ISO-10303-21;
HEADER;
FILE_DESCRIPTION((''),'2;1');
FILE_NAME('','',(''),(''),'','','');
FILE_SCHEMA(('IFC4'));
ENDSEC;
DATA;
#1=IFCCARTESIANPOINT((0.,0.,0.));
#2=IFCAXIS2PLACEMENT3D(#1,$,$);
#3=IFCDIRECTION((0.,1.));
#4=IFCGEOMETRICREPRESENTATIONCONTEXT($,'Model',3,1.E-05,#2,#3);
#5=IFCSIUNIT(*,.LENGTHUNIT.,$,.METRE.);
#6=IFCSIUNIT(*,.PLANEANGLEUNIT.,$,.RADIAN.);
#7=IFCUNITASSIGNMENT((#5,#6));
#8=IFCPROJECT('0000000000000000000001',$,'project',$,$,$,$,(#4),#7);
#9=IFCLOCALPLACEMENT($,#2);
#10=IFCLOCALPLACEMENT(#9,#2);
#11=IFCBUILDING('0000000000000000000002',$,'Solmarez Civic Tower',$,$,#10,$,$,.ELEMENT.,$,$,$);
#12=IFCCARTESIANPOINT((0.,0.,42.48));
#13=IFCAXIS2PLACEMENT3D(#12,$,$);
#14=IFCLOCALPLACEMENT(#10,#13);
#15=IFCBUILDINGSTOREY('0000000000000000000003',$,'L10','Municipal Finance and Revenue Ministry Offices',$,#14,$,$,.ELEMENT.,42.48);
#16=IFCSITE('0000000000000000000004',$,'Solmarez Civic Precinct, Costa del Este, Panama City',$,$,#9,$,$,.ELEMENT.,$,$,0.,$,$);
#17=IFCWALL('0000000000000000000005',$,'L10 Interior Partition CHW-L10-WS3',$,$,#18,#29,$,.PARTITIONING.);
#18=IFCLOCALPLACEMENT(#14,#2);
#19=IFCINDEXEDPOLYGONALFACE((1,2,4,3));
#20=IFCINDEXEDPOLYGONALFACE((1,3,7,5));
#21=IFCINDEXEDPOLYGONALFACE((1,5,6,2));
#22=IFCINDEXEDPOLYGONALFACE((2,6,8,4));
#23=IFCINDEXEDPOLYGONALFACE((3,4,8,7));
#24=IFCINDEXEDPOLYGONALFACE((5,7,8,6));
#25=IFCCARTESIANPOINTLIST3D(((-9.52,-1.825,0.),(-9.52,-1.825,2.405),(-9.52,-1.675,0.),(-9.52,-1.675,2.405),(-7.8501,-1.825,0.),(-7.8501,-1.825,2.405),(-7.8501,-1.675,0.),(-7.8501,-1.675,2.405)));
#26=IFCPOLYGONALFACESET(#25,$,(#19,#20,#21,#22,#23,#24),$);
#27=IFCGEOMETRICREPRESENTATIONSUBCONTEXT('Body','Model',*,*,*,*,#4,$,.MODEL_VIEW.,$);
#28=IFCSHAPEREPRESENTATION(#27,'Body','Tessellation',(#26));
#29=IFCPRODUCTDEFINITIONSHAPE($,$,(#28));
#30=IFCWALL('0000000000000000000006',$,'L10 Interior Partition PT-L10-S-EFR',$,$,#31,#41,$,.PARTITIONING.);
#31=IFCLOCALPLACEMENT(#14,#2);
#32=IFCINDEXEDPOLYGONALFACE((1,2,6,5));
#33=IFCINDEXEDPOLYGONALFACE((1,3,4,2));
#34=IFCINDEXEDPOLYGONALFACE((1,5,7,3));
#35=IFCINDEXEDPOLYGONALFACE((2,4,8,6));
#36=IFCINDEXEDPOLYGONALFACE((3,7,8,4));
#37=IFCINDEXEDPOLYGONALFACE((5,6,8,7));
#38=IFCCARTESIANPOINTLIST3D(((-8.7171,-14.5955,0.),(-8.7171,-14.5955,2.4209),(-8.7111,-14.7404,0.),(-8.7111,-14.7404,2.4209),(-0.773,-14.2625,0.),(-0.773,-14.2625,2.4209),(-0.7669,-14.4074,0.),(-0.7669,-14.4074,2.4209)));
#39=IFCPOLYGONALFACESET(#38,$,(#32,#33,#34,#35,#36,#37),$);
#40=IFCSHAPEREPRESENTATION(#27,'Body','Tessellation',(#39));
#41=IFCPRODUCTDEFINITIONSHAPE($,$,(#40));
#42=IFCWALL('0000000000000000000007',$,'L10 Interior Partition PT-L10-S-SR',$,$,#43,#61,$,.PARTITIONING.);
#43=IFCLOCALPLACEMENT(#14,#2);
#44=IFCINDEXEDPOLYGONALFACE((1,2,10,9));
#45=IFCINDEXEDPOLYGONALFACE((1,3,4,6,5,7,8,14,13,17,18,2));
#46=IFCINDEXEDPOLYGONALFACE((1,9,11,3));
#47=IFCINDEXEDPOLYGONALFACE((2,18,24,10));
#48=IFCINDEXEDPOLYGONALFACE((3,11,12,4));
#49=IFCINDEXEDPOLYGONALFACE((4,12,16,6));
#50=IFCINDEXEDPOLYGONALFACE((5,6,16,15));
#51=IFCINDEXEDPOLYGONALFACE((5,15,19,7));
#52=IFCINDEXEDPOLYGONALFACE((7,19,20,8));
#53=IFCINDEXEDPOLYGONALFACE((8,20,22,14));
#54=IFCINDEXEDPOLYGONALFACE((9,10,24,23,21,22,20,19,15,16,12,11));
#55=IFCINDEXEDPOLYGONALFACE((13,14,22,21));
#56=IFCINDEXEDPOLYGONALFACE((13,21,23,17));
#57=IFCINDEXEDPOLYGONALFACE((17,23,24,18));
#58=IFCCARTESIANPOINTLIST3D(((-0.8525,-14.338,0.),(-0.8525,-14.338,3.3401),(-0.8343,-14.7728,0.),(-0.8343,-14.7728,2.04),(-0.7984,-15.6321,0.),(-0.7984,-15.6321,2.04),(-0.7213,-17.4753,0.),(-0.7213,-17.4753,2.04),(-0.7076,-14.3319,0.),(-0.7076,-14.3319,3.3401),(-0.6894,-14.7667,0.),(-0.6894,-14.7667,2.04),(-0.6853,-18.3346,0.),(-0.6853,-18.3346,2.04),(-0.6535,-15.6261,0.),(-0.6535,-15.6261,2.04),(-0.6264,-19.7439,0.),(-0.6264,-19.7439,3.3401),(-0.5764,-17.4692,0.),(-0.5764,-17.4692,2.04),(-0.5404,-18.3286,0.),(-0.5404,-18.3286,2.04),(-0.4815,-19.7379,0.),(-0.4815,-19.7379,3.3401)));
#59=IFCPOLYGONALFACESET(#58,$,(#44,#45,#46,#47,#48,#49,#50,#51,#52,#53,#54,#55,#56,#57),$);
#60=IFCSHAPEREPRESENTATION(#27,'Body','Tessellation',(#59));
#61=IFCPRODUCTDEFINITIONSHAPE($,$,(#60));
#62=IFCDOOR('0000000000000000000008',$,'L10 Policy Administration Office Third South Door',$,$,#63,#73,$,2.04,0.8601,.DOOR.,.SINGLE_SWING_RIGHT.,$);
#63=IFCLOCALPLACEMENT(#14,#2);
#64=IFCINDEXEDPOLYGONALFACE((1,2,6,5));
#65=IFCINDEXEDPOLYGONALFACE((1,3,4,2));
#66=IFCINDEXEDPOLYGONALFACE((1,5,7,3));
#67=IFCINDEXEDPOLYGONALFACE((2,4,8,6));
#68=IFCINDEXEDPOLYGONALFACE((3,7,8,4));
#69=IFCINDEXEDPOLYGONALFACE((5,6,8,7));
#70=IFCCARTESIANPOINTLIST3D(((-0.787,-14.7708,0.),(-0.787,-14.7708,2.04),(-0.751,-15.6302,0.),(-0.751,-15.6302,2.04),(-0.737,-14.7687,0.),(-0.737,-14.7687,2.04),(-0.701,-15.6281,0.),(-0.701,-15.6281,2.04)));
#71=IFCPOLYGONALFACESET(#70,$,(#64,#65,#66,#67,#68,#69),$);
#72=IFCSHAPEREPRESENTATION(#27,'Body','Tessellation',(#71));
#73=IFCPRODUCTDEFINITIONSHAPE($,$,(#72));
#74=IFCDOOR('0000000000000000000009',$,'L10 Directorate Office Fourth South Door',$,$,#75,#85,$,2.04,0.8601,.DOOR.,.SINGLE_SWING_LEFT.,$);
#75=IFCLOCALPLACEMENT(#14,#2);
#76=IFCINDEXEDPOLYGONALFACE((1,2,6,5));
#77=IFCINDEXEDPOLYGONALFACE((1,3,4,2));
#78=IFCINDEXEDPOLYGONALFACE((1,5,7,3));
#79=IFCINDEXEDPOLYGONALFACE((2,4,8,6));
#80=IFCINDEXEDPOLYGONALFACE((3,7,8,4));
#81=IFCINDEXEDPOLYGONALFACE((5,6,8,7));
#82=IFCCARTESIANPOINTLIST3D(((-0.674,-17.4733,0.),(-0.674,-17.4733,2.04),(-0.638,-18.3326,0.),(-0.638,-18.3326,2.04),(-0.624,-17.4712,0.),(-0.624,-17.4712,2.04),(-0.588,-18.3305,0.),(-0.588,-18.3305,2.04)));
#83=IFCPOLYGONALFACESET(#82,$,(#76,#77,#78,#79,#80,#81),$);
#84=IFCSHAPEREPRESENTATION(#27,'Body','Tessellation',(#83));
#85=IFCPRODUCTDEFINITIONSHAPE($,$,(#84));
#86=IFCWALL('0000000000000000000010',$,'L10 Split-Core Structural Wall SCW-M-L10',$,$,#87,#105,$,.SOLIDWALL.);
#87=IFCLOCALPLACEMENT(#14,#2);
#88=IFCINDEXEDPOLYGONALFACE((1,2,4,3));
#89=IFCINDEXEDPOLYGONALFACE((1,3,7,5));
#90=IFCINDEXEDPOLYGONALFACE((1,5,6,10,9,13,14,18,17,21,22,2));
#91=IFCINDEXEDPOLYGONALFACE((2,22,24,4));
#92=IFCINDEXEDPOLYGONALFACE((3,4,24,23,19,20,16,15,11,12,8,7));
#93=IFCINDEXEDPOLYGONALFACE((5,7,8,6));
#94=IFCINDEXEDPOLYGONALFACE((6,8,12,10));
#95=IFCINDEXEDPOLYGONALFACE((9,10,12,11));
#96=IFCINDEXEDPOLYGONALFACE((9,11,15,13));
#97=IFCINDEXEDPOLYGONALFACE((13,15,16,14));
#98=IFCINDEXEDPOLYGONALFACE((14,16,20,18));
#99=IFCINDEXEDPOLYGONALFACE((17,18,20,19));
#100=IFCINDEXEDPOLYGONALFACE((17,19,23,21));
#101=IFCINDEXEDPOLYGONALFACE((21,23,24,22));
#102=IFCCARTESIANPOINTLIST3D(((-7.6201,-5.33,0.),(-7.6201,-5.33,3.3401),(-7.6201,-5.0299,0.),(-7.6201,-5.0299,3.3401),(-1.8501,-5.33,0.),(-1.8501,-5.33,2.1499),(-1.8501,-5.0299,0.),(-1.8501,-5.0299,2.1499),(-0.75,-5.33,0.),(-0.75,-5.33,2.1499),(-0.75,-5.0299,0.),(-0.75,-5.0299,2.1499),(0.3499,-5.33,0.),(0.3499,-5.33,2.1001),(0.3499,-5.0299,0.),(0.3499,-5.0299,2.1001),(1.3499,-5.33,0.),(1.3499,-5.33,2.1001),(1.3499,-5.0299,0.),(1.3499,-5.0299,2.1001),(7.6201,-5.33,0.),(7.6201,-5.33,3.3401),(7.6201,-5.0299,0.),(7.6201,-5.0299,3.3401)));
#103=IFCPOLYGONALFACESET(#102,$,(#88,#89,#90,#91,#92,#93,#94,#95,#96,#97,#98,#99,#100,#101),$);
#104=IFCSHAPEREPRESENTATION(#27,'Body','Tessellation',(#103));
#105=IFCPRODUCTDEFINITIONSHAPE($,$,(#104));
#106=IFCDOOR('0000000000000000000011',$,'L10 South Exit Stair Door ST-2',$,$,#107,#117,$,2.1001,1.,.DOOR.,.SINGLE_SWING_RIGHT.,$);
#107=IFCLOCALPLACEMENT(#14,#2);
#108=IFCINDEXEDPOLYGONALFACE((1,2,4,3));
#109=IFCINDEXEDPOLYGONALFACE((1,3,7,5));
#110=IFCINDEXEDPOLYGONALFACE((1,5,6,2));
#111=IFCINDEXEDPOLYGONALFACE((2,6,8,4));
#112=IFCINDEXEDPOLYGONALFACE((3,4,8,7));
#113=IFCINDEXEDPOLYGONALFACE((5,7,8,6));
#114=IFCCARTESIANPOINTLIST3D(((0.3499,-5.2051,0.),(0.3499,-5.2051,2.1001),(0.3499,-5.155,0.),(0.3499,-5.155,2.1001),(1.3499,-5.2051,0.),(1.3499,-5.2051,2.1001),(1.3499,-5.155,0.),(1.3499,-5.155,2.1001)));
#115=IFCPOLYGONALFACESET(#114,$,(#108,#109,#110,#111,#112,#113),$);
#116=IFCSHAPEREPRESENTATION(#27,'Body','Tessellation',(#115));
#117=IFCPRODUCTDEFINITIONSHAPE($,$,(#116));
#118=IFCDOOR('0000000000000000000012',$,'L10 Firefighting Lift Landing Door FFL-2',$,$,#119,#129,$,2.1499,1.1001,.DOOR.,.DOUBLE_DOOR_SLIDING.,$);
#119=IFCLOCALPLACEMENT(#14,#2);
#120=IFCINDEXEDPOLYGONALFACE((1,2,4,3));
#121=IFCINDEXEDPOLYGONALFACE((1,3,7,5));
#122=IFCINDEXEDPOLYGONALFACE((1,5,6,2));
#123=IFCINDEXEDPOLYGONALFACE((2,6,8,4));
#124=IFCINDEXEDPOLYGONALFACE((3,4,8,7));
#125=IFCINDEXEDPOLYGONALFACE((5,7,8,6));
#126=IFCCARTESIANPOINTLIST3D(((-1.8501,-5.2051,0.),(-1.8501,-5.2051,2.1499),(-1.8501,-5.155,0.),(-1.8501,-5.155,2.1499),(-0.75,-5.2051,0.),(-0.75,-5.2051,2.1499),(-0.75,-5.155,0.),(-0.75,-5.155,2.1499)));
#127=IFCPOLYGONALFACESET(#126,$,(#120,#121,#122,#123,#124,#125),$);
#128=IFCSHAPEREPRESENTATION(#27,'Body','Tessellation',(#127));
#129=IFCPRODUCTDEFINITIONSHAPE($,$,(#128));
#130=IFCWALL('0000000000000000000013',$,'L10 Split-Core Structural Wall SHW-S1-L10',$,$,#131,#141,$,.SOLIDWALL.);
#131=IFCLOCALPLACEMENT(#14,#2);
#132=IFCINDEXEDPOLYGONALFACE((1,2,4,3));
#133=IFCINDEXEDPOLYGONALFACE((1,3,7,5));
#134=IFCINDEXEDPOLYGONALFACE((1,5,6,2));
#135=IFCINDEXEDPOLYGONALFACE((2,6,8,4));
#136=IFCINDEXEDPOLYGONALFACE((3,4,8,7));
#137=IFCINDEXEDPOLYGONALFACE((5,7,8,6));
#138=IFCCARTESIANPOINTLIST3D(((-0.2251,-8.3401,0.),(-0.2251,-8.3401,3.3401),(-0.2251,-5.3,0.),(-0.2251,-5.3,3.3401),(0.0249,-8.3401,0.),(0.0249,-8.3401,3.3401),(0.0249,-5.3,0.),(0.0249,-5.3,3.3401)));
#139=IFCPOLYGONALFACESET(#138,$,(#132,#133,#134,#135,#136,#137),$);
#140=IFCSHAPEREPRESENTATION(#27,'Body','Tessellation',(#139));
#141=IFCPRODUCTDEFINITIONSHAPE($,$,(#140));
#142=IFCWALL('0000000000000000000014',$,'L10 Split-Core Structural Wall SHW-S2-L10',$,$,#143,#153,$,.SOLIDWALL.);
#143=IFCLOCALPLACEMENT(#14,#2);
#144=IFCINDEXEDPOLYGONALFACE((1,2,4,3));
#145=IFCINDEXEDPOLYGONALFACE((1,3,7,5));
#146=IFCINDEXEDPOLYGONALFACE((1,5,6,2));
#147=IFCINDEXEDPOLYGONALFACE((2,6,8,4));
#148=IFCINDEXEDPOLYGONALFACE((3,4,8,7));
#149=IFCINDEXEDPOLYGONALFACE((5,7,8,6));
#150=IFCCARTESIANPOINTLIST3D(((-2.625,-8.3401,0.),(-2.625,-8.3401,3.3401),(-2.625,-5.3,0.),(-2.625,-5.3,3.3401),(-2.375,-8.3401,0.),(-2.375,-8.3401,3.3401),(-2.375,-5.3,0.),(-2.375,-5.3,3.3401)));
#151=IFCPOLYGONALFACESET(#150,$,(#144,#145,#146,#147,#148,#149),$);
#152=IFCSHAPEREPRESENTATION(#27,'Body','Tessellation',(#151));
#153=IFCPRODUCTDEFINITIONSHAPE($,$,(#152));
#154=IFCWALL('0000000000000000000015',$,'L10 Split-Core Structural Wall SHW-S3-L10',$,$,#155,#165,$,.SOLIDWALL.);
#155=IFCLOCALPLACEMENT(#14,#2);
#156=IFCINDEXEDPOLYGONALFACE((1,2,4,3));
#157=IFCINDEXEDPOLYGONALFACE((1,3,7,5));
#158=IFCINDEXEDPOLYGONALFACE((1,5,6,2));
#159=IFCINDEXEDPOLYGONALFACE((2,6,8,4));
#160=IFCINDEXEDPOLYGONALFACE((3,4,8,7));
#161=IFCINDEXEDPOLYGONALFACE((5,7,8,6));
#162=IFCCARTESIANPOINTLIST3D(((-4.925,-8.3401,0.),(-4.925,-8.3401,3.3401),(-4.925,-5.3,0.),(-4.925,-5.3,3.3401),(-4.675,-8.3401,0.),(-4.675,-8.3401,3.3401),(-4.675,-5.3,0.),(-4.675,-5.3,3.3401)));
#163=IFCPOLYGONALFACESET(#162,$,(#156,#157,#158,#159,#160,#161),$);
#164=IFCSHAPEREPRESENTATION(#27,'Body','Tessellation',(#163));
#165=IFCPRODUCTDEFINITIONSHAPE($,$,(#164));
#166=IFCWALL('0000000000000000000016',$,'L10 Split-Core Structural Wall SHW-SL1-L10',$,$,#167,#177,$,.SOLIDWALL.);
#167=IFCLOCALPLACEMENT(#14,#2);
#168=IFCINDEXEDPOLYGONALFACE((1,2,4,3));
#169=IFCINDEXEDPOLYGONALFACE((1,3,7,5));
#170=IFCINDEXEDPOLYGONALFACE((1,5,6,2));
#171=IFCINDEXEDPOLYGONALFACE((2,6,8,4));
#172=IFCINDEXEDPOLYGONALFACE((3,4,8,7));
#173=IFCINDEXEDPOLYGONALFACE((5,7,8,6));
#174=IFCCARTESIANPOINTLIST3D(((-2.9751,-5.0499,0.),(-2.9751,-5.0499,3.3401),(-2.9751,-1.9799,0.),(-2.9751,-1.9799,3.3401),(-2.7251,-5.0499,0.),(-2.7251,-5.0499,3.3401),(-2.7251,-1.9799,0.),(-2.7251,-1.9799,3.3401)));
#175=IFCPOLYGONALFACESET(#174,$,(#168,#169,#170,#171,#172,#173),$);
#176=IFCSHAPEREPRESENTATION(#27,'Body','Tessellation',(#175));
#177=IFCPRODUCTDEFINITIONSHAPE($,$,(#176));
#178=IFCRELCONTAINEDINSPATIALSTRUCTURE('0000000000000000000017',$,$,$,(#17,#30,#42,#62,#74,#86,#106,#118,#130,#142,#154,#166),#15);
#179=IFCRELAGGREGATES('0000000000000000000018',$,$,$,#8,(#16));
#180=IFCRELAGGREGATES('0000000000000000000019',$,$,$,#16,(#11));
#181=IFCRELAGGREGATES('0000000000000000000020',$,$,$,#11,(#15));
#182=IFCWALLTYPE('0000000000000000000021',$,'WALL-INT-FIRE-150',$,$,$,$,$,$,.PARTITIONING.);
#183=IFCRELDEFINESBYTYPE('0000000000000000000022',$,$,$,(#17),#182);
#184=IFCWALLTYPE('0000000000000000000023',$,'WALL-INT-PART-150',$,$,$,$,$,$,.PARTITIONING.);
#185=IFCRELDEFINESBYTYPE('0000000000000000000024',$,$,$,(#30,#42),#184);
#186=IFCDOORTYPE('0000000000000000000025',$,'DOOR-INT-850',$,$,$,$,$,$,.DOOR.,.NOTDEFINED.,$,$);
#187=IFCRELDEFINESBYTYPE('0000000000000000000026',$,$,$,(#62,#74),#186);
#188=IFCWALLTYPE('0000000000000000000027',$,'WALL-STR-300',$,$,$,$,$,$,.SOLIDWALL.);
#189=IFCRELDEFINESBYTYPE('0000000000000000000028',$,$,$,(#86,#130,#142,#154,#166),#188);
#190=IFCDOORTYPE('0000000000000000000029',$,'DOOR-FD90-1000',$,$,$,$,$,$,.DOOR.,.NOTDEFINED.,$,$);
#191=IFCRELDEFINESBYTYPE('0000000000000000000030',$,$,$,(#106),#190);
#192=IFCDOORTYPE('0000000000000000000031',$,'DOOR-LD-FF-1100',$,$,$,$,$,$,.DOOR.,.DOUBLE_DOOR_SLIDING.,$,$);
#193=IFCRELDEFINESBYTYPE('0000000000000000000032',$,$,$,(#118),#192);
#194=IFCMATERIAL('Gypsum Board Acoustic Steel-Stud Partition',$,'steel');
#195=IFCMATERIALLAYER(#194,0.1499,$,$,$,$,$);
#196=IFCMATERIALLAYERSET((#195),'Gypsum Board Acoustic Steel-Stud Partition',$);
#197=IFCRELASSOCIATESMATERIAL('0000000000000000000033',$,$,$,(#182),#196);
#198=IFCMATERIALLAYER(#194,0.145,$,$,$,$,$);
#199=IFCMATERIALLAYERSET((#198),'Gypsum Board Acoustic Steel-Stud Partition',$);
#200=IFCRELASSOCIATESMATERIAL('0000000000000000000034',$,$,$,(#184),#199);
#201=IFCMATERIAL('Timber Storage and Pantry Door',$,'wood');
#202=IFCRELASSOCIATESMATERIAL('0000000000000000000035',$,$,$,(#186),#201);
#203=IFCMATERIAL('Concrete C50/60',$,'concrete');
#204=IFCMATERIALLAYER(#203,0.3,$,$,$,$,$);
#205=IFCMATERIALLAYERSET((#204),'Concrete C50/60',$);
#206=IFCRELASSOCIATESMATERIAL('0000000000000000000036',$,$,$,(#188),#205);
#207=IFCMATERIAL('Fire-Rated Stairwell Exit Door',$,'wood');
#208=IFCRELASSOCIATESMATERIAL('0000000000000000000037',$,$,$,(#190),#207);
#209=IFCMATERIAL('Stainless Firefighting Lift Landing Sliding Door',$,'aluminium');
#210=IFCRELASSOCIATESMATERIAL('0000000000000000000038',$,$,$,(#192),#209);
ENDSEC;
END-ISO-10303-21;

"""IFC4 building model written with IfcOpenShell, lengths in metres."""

from ifc_helpers import new_model, si_unit, direction, frame, frame_2d, origin, place, context, subcontext, project, spatial, rectangle, extrude, material, layer, layer_set, type_object, element, fill, save


model = new_model("IFC4")

# Units and contexts
model_context = context("Model", 3, precision=1e-05, world=origin(), true_north=direction((0.0, 1.0)))
body_context = subcontext(model_context, "Body", "Model", "MODEL_VIEW")
ifc_project = project(units=[si_unit("LENGTHUNIT", "METRE"), si_unit("PLANEANGLEUNIT", "RADIAN")], contexts=[model_context])

# Site, building, storey
site_placement = place(None, origin())
site = spatial("IfcSite", under=ifc_project, at=site_placement, Name="Solmarez Civic Precinct, Costa del Este, Panama City", CompositionType="ELEMENT", RefElevation=0.0)
building_placement = place(site_placement, origin())
building = spatial("IfcBuilding", under=site, at=building_placement, Name="Solmarez Civic Tower", CompositionType="ELEMENT")
storey_placement = place(building_placement, frame((0.0, 0.0, 42.48)))
storey = spatial("IfcBuildingStorey", under=building, at=storey_placement, Name="L10", Description="Municipal Finance and Revenue Ministry Offices", CompositionType="ELEMENT", Elevation=42.48)

# Shared definitions
ifc_material_1 = material(Name="Concrete C50/60", Category="concrete")

# Walls
ifc_material_2 = material(Name="Gypsum Board Acoustic Steel-Stud Partition", Category="steel")
ifc_layer_1 = layer(ifc_material_2, 0.1499)
ifc_layer_set_1 = layer_set([ifc_layer_1], Name="Gypsum Board Acoustic Steel-Stud Partition")
wall_type_1 = type_object("IfcWallType", Name="WALL-INT-FIRE-150", PredefinedType="PARTITIONING", material=ifc_layer_set_1)
wall_1_placement = place(storey_placement, frame((-7.8501, -1.75, 0.0), z_axis=(0.0, 0.0, 1.0), x_axis=(-1.0, 0.0, 0.0)))
element("IfcWall", 1, at=wall_1_placement, inside=storey, type_object=wall_type_1, Name="L10 Interior Partition CHW-L10-WS3", PredefinedType="PARTITIONING", context=body_context, shape_type="SweptSolid", body=[
    extrude(rectangle(XDim=1.6699, YDim=0.1499, at=frame_2d((0.835, 0.0))), origin(), (0.0, 0.0, 1.0), 2.405),
])
ifc_layer_2 = layer(ifc_material_2, 0.145)
ifc_layer_set_2 = layer_set([ifc_layer_2], Name="Gypsum Board Acoustic Steel-Stud Partition")
wall_type_2 = type_object("IfcWallType", Name="WALL-INT-PART-150", PredefinedType="PARTITIONING", material=ifc_layer_set_2)
wall_2_placement = place(storey_placement, frame((-8.7141, -14.668, 0.0), z_axis=(0.0, 0.0, 1.0), x_axis=(0.999123, 0.041882, 0.0)))
element("IfcWall", 2, at=wall_2_placement, inside=storey, type_object=wall_type_2, Name="L10 Interior Partition PT-L10-S-EFR", PredefinedType="PARTITIONING", context=body_context, shape_type="SweptSolid", body=[
    extrude(rectangle(XDim=7.9512, YDim=0.145, at=frame_2d((3.9756, 0.0))), origin(), (0.0, 0.0, 1.0), 2.4209),
])

# Walls, openings, doors
wall_3_placement = place(storey_placement, frame((-0.78, -14.335, 0.0), z_axis=(0.0, 0.0, 1.0), x_axis=(0.041783, -0.999127, 0.0)))
wall_3 = element("IfcWall", 3, at=wall_3_placement, inside=storey, type_object=wall_type_2, Name="L10 Interior Partition PT-L10-S-SR", PredefinedType="PARTITIONING", context=body_context, shape_type="SweptSolid", body=[
    extrude(rectangle(XDim=5.4106, YDim=0.145, at=frame_2d((2.7053, 0.0))), origin(), (0.0, 0.0, 1.0), 3.3401),
])
opening_1_placement = place(wall_3_placement, frame((0.4351, 0.0, 0.0)))
opening_1 = element("IfcOpeningElement", 4, at=opening_1_placement, cuts=wall_3, PredefinedType="OPENING", context=body_context, shape_type="SweptSolid", body=[
    extrude(rectangle(XDim=0.8601, YDim=2.04, at=frame_2d((0.4302, 1.02))), frame((0.0, 0.0825, 0.0), z_axis=(0.0, -1.0, 0.0), x_axis=(1.0, 0.0, 0.0)), (0.0, 0.0, 1.0), 0.165),
])
opening_2_placement = place(wall_3_placement, frame((3.1399, 0.0, 0.0)))
opening_2 = element("IfcOpeningElement", 5, at=opening_2_placement, cuts=wall_3, PredefinedType="OPENING", context=body_context, shape_type="SweptSolid", body=[
    extrude(rectangle(XDim=0.8601, YDim=2.04, at=frame_2d((0.4302, 1.02))), frame((0.0, 0.0825, 0.0), z_axis=(0.0, -1.0, 0.0), x_axis=(1.0, 0.0, 0.0)), (0.0, 0.0, 1.0), 0.165),
])
ifc_material_3 = material(Name="Timber Storage and Pantry Door", Category="wood")
door_type_1 = type_object("IfcDoorType", Name="DOOR-INT-850", OperationType="NOTDEFINED", PredefinedType="DOOR", material=ifc_material_3)
door_1_placement = place(opening_1_placement, origin())
door_1 = element("IfcDoor", 6, at=door_1_placement, inside=storey, type_object=door_type_1, Name="L10 Policy Administration Office Third South Door", OperationType="SINGLE_SWING_RIGHT", OverallHeight=2.04, OverallWidth=0.8601, PredefinedType="DOOR", context=body_context, shape_type="SweptSolid", body=[
    extrude(rectangle(XDim=0.8601, YDim=2.04, at=frame_2d((0.4302, 1.02))), frame((0.0, 0.0249, 0.0), z_axis=(0.0, -1.0, 0.0), x_axis=(1.0, 0.0, 0.0)), (0.0, 0.0, 1.0), 0.05),
])
fill(opening_1, door_1)
door_2_placement = place(opening_2_placement, origin())
door_2 = element("IfcDoor", 7, at=door_2_placement, inside=storey, type_object=door_type_1, Name="L10 Directorate Office Fourth South Door", OperationType="SINGLE_SWING_LEFT", OverallHeight=2.04, OverallWidth=0.8601, PredefinedType="DOOR", context=body_context, shape_type="SweptSolid", body=[
    extrude(rectangle(XDim=0.8601, YDim=2.04, at=frame_2d((0.4302, 1.02))), frame((0.0, 0.0249, 0.0), z_axis=(0.0, -1.0, 0.0), x_axis=(1.0, 0.0, 0.0)), (0.0, 0.0, 1.0), 0.05),
])
fill(opening_2, door_2)
ifc_layer_3 = layer(ifc_material_1, 0.3)
ifc_layer_set_3 = layer_set([ifc_layer_3], Name="Concrete C50/60")
wall_type_3 = type_object("IfcWallType", Name="WALL-STR-300", PredefinedType="SOLIDWALL", material=ifc_layer_set_3)
wall_4_placement = place(storey_placement, frame((-7.6201, -5.1799, 0.0), z_axis=(0.0, 0.0, 1.0), x_axis=(1.0, 0.0, 0.0)))
wall_4 = element("IfcWall", 8, at=wall_4_placement, inside=storey, type_object=wall_type_3, Name="L10 Split-Core Structural Wall SCW-M-L10", PredefinedType="SOLIDWALL", context=body_context, shape_type="SweptSolid", body=[
    extrude(rectangle(XDim=15.2402, YDim=0.3, at=frame_2d((7.6201, 0.0))), origin(), (0.0, 0.0, 1.0), 3.3401),
])
opening_3_placement = place(wall_4_placement, frame((5.77, 0.0, 0.0)))
opening_3 = element("IfcOpeningElement", 9, at=opening_3_placement, cuts=wall_4, PredefinedType="OPENING", context=body_context, shape_type="SweptSolid", body=[
    extrude(rectangle(XDim=1.1001, YDim=2.1499, at=frame_2d((0.55, 1.075))), frame((0.0, 0.1599, 0.0), z_axis=(0.0, -1.0, 0.0), x_axis=(1.0, 0.0, 0.0)), (0.0, 0.0, 1.0), 0.3201),
])
opening_4_placement = place(wall_4_placement, frame((7.97, 0.0, 0.0)))
opening_4 = element("IfcOpeningElement", 10, at=opening_4_placement, cuts=wall_4, PredefinedType="OPENING", context=body_context, shape_type="SweptSolid", body=[
    extrude(rectangle(XDim=1.0, YDim=2.1001, at=frame_2d((0.5, 1.05))), frame((0.0, 0.1599, 0.0), z_axis=(0.0, -1.0, 0.0), x_axis=(1.0, 0.0, 0.0)), (0.0, 0.0, 1.0), 0.3201),
])
ifc_material_4 = material(Name="Fire-Rated Stairwell Exit Door", Category="wood")
door_type_2 = type_object("IfcDoorType", Name="DOOR-FD90-1000", OperationType="NOTDEFINED", PredefinedType="DOOR", material=ifc_material_4)
door_3_placement = place(opening_4_placement, origin())
door_3 = element("IfcDoor", 11, at=door_3_placement, inside=storey, type_object=door_type_2, Name="L10 South Exit Stair Door ST-2", OperationType="SINGLE_SWING_RIGHT", OverallHeight=2.1001, OverallWidth=1.0, PredefinedType="DOOR", context=body_context, shape_type="SweptSolid", body=[
    extrude(rectangle(XDim=1.0, YDim=2.1001, at=frame_2d((0.5, 1.05))), frame((0.0, 0.0249, 0.0), z_axis=(0.0, -1.0, 0.0), x_axis=(1.0, 0.0, 0.0)), (0.0, 0.0, 1.0), 0.05),
])
fill(opening_4, door_3)
ifc_material_5 = material(Name="Stainless Firefighting Lift Landing Sliding Door", Category="aluminium")
door_type_3 = type_object("IfcDoorType", Name="DOOR-LD-FF-1100", OperationType="DOUBLE_DOOR_SLIDING", PredefinedType="DOOR", material=ifc_material_5)
door_4_placement = place(opening_3_placement, origin())
door_4 = element("IfcDoor", 12, at=door_4_placement, inside=storey, type_object=door_type_3, Name="L10 Firefighting Lift Landing Door FFL-2", OperationType="DOUBLE_DOOR_SLIDING", OverallHeight=2.1499, OverallWidth=1.1001, PredefinedType="DOOR", context=body_context, shape_type="SweptSolid", body=[
    extrude(rectangle(XDim=1.1001, YDim=2.1499, at=frame_2d((0.55, 1.075))), frame((0.0, 0.0249, 0.0), z_axis=(0.0, -1.0, 0.0), x_axis=(1.0, 0.0, 0.0)), (0.0, 0.0, 1.0), 0.05),
])
fill(opening_3, door_4)

# Walls
for number, where, z_axis, x_axis, name in (
    (13, (-0.1001, -8.3401, 0.0), (0.0, 0.0, 1.0), (0.0, 1.0, 0.0), "L10 Split-Core Structural Wall SHW-S1-L10"),
    (14, (-2.5, -8.3401, 0.0), (0.0, 0.0, 1.0), (0.0, 1.0, 0.0), "L10 Split-Core Structural Wall SHW-S2-L10"),
    (15, (-4.8, -8.3401, 0.0), (0.0, 0.0, 1.0), (0.0, 1.0, 0.0), "L10 Split-Core Structural Wall SHW-S3-L10"),
):
    element("IfcWall", number, at=place(storey_placement, frame(where, z_axis=z_axis, x_axis=x_axis)), inside=storey, type_object=wall_type_3, Name=name, PredefinedType="SOLIDWALL", context=body_context, shape_type="SweptSolid", body=[
        extrude(rectangle(XDim=3.04, YDim=0.25, at=frame_2d((1.52, 0.0))), origin(), (0.0, 0.0, 1.0), 3.3401),
    ])
wall_5_placement = place(storey_placement, frame((-2.8501, -5.05, 0.0), z_axis=(0.0, 0.0, 1.0), x_axis=(0.0, 1.0, 0.0)))
element("IfcWall", 16, at=wall_5_placement, inside=storey, type_object=wall_type_3, Name="L10 Split-Core Structural Wall SHW-SL1-L10", PredefinedType="SOLIDWALL", context=body_context, shape_type="SweptSolid", body=[
    extrude(rectangle(XDim=3.0701, YDim=0.25, at=frame_2d((1.5352, 0.0))), origin(), (0.0, 0.0, 1.0), 3.3401),
])

save(model, "model.ifc")
